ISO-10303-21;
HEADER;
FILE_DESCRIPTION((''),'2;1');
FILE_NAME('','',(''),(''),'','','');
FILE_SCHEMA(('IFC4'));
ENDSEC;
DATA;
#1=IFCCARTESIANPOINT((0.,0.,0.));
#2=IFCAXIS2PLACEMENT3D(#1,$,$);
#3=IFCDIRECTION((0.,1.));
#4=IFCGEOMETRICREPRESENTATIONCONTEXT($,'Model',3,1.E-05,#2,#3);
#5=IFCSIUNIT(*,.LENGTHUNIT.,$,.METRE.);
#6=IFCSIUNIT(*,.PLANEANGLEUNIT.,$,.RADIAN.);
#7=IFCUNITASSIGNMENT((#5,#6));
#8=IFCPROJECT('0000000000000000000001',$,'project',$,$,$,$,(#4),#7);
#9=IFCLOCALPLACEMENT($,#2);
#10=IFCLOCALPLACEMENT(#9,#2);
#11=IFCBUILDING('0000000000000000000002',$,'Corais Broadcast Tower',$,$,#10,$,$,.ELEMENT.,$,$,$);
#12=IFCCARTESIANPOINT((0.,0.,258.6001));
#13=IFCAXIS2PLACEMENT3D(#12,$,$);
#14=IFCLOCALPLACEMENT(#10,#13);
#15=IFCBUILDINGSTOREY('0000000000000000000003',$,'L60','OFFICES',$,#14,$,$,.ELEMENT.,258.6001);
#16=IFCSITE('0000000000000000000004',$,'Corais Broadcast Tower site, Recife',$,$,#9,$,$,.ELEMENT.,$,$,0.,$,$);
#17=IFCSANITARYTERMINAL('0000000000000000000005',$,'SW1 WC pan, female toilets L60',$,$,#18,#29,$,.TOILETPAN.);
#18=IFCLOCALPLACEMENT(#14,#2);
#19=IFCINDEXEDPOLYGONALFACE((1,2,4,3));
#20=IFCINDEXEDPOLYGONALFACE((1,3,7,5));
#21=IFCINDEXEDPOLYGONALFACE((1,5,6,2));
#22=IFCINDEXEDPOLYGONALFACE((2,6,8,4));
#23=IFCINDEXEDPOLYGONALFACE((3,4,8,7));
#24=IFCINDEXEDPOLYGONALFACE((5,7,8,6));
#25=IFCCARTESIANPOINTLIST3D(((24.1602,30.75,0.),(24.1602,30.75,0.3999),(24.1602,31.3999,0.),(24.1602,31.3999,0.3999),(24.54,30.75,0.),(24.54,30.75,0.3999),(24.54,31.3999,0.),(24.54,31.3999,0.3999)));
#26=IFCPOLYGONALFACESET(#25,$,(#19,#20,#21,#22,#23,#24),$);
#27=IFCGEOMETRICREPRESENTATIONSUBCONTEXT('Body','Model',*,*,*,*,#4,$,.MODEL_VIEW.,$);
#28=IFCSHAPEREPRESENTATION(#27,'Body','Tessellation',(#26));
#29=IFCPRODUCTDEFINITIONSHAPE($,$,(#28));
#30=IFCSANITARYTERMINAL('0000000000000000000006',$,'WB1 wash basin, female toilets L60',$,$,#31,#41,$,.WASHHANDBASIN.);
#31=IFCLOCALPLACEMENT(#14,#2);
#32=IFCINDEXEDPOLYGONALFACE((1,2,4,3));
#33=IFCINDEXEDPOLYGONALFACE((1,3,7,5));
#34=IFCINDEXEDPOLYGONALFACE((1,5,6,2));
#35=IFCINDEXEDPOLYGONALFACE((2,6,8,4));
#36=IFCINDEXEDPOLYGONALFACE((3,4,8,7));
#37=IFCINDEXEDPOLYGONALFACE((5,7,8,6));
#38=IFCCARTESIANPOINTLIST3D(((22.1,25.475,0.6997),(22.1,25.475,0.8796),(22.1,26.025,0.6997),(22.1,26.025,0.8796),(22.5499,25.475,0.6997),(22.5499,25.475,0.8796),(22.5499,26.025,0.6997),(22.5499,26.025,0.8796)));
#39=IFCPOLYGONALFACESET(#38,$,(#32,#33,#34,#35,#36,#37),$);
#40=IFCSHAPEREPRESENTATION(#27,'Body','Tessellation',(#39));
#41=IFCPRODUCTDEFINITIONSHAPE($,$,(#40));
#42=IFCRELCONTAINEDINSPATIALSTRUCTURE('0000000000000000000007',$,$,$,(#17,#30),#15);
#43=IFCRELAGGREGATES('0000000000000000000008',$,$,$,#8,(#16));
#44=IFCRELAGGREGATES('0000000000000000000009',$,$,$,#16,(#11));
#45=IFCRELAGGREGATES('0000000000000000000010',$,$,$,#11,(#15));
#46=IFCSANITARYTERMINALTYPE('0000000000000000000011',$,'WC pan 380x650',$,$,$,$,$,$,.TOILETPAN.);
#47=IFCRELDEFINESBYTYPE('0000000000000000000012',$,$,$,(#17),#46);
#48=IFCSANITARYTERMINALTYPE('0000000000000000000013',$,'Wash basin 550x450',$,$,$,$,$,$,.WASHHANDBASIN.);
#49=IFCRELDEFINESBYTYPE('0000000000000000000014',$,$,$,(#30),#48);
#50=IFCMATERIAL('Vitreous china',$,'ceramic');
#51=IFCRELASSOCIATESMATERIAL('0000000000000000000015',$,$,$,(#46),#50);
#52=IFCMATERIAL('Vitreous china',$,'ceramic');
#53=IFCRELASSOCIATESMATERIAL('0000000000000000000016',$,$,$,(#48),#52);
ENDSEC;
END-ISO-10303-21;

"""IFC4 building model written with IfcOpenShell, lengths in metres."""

from ifc_helpers import new_model, si_unit, direction, frame, origin, origin_2d, place, context, subcontext, project, spatial, rectangle, extrude, material, type_object, element, save


model = new_model("IFC4")

# Units and contexts
model_context = context("Model", 3, precision=1e-05, world=origin(), true_north=direction((0.0, 1.0)))
body_context = subcontext(model_context, "Body", "Model", "MODEL_VIEW")
ifc_project = project(units=[si_unit("LENGTHUNIT", "METRE"), si_unit("PLANEANGLEUNIT", "RADIAN")], contexts=[model_context])

# Site, building, storey
site_placement = place(None, origin())
site = spatial("IfcSite", under=ifc_project, at=site_placement, Name="Corais Broadcast Tower site, Recife", CompositionType="ELEMENT", RefElevation=0.0)
building_placement = place(site_placement, origin())
building = spatial("IfcBuilding", under=site, at=building_placement, Name="Corais Broadcast Tower", CompositionType="ELEMENT")
storey_placement = place(building_placement, frame((0.0, 0.0, 258.6001)))
storey = spatial("IfcBuildingStorey", under=building, at=storey_placement, Name="L60", Description="OFFICES", CompositionType="ELEMENT", Elevation=258.6001)

# Sanitary terminals
ifc_material_1 = material(Name="Vitreous china", Category="ceramic")
sanitary_terminal_type_1 = type_object("IfcSanitaryTerminalType", Name="WC pan 380x650", PredefinedType="TOILETPAN", material=ifc_material_1)
for number, where, z_axis, x_axis, name in (
    (1, (24.3501, 31.075, 0.0), (0.0, 0.0, 1.0), (1.0, 0.0, 0.0), "SW1 WC pan, female toilets L60"),
):
    element("IfcSanitaryTerminal", number, at=place(storey_placement, frame(where, z_axis=z_axis, x_axis=x_axis)), inside=storey, type_object=sanitary_terminal_type_1, Name=name, PredefinedType="TOILETPAN", context=body_context, shape_type="SweptSolid", body=[
        extrude(rectangle(XDim=0.3799, YDim=0.6499, at=origin_2d()), origin(), (0.0, 0.0, 1.0), 0.3999),
    ])
ifc_material_2 = material(Name="Vitreous china", Category="ceramic")
sanitary_terminal_type_2 = type_object("IfcSanitaryTerminalType", Name="Wash basin 550x450", PredefinedType="WASHHANDBASIN", material=ifc_material_2)
sanitary_terminal_placement = place(storey_placement, frame((22.325, 25.75, 0.6997), z_axis=(0.0, 0.0, 1.0), x_axis=(1.0, 0.0, 0.0)))
element("IfcSanitaryTerminal", 2, at=sanitary_terminal_placement, inside=storey, type_object=sanitary_terminal_type_2, Name="WB1 wash basin, female toilets L60", PredefinedType="WASHHANDBASIN", context=body_context, shape_type="SweptSolid", body=[
    extrude(rectangle(XDim=0.45, YDim=0.55, at=origin_2d()), origin(), (0.0, 0.0, 1.0), 0.1799),
])

save(model, "model.ifc")
